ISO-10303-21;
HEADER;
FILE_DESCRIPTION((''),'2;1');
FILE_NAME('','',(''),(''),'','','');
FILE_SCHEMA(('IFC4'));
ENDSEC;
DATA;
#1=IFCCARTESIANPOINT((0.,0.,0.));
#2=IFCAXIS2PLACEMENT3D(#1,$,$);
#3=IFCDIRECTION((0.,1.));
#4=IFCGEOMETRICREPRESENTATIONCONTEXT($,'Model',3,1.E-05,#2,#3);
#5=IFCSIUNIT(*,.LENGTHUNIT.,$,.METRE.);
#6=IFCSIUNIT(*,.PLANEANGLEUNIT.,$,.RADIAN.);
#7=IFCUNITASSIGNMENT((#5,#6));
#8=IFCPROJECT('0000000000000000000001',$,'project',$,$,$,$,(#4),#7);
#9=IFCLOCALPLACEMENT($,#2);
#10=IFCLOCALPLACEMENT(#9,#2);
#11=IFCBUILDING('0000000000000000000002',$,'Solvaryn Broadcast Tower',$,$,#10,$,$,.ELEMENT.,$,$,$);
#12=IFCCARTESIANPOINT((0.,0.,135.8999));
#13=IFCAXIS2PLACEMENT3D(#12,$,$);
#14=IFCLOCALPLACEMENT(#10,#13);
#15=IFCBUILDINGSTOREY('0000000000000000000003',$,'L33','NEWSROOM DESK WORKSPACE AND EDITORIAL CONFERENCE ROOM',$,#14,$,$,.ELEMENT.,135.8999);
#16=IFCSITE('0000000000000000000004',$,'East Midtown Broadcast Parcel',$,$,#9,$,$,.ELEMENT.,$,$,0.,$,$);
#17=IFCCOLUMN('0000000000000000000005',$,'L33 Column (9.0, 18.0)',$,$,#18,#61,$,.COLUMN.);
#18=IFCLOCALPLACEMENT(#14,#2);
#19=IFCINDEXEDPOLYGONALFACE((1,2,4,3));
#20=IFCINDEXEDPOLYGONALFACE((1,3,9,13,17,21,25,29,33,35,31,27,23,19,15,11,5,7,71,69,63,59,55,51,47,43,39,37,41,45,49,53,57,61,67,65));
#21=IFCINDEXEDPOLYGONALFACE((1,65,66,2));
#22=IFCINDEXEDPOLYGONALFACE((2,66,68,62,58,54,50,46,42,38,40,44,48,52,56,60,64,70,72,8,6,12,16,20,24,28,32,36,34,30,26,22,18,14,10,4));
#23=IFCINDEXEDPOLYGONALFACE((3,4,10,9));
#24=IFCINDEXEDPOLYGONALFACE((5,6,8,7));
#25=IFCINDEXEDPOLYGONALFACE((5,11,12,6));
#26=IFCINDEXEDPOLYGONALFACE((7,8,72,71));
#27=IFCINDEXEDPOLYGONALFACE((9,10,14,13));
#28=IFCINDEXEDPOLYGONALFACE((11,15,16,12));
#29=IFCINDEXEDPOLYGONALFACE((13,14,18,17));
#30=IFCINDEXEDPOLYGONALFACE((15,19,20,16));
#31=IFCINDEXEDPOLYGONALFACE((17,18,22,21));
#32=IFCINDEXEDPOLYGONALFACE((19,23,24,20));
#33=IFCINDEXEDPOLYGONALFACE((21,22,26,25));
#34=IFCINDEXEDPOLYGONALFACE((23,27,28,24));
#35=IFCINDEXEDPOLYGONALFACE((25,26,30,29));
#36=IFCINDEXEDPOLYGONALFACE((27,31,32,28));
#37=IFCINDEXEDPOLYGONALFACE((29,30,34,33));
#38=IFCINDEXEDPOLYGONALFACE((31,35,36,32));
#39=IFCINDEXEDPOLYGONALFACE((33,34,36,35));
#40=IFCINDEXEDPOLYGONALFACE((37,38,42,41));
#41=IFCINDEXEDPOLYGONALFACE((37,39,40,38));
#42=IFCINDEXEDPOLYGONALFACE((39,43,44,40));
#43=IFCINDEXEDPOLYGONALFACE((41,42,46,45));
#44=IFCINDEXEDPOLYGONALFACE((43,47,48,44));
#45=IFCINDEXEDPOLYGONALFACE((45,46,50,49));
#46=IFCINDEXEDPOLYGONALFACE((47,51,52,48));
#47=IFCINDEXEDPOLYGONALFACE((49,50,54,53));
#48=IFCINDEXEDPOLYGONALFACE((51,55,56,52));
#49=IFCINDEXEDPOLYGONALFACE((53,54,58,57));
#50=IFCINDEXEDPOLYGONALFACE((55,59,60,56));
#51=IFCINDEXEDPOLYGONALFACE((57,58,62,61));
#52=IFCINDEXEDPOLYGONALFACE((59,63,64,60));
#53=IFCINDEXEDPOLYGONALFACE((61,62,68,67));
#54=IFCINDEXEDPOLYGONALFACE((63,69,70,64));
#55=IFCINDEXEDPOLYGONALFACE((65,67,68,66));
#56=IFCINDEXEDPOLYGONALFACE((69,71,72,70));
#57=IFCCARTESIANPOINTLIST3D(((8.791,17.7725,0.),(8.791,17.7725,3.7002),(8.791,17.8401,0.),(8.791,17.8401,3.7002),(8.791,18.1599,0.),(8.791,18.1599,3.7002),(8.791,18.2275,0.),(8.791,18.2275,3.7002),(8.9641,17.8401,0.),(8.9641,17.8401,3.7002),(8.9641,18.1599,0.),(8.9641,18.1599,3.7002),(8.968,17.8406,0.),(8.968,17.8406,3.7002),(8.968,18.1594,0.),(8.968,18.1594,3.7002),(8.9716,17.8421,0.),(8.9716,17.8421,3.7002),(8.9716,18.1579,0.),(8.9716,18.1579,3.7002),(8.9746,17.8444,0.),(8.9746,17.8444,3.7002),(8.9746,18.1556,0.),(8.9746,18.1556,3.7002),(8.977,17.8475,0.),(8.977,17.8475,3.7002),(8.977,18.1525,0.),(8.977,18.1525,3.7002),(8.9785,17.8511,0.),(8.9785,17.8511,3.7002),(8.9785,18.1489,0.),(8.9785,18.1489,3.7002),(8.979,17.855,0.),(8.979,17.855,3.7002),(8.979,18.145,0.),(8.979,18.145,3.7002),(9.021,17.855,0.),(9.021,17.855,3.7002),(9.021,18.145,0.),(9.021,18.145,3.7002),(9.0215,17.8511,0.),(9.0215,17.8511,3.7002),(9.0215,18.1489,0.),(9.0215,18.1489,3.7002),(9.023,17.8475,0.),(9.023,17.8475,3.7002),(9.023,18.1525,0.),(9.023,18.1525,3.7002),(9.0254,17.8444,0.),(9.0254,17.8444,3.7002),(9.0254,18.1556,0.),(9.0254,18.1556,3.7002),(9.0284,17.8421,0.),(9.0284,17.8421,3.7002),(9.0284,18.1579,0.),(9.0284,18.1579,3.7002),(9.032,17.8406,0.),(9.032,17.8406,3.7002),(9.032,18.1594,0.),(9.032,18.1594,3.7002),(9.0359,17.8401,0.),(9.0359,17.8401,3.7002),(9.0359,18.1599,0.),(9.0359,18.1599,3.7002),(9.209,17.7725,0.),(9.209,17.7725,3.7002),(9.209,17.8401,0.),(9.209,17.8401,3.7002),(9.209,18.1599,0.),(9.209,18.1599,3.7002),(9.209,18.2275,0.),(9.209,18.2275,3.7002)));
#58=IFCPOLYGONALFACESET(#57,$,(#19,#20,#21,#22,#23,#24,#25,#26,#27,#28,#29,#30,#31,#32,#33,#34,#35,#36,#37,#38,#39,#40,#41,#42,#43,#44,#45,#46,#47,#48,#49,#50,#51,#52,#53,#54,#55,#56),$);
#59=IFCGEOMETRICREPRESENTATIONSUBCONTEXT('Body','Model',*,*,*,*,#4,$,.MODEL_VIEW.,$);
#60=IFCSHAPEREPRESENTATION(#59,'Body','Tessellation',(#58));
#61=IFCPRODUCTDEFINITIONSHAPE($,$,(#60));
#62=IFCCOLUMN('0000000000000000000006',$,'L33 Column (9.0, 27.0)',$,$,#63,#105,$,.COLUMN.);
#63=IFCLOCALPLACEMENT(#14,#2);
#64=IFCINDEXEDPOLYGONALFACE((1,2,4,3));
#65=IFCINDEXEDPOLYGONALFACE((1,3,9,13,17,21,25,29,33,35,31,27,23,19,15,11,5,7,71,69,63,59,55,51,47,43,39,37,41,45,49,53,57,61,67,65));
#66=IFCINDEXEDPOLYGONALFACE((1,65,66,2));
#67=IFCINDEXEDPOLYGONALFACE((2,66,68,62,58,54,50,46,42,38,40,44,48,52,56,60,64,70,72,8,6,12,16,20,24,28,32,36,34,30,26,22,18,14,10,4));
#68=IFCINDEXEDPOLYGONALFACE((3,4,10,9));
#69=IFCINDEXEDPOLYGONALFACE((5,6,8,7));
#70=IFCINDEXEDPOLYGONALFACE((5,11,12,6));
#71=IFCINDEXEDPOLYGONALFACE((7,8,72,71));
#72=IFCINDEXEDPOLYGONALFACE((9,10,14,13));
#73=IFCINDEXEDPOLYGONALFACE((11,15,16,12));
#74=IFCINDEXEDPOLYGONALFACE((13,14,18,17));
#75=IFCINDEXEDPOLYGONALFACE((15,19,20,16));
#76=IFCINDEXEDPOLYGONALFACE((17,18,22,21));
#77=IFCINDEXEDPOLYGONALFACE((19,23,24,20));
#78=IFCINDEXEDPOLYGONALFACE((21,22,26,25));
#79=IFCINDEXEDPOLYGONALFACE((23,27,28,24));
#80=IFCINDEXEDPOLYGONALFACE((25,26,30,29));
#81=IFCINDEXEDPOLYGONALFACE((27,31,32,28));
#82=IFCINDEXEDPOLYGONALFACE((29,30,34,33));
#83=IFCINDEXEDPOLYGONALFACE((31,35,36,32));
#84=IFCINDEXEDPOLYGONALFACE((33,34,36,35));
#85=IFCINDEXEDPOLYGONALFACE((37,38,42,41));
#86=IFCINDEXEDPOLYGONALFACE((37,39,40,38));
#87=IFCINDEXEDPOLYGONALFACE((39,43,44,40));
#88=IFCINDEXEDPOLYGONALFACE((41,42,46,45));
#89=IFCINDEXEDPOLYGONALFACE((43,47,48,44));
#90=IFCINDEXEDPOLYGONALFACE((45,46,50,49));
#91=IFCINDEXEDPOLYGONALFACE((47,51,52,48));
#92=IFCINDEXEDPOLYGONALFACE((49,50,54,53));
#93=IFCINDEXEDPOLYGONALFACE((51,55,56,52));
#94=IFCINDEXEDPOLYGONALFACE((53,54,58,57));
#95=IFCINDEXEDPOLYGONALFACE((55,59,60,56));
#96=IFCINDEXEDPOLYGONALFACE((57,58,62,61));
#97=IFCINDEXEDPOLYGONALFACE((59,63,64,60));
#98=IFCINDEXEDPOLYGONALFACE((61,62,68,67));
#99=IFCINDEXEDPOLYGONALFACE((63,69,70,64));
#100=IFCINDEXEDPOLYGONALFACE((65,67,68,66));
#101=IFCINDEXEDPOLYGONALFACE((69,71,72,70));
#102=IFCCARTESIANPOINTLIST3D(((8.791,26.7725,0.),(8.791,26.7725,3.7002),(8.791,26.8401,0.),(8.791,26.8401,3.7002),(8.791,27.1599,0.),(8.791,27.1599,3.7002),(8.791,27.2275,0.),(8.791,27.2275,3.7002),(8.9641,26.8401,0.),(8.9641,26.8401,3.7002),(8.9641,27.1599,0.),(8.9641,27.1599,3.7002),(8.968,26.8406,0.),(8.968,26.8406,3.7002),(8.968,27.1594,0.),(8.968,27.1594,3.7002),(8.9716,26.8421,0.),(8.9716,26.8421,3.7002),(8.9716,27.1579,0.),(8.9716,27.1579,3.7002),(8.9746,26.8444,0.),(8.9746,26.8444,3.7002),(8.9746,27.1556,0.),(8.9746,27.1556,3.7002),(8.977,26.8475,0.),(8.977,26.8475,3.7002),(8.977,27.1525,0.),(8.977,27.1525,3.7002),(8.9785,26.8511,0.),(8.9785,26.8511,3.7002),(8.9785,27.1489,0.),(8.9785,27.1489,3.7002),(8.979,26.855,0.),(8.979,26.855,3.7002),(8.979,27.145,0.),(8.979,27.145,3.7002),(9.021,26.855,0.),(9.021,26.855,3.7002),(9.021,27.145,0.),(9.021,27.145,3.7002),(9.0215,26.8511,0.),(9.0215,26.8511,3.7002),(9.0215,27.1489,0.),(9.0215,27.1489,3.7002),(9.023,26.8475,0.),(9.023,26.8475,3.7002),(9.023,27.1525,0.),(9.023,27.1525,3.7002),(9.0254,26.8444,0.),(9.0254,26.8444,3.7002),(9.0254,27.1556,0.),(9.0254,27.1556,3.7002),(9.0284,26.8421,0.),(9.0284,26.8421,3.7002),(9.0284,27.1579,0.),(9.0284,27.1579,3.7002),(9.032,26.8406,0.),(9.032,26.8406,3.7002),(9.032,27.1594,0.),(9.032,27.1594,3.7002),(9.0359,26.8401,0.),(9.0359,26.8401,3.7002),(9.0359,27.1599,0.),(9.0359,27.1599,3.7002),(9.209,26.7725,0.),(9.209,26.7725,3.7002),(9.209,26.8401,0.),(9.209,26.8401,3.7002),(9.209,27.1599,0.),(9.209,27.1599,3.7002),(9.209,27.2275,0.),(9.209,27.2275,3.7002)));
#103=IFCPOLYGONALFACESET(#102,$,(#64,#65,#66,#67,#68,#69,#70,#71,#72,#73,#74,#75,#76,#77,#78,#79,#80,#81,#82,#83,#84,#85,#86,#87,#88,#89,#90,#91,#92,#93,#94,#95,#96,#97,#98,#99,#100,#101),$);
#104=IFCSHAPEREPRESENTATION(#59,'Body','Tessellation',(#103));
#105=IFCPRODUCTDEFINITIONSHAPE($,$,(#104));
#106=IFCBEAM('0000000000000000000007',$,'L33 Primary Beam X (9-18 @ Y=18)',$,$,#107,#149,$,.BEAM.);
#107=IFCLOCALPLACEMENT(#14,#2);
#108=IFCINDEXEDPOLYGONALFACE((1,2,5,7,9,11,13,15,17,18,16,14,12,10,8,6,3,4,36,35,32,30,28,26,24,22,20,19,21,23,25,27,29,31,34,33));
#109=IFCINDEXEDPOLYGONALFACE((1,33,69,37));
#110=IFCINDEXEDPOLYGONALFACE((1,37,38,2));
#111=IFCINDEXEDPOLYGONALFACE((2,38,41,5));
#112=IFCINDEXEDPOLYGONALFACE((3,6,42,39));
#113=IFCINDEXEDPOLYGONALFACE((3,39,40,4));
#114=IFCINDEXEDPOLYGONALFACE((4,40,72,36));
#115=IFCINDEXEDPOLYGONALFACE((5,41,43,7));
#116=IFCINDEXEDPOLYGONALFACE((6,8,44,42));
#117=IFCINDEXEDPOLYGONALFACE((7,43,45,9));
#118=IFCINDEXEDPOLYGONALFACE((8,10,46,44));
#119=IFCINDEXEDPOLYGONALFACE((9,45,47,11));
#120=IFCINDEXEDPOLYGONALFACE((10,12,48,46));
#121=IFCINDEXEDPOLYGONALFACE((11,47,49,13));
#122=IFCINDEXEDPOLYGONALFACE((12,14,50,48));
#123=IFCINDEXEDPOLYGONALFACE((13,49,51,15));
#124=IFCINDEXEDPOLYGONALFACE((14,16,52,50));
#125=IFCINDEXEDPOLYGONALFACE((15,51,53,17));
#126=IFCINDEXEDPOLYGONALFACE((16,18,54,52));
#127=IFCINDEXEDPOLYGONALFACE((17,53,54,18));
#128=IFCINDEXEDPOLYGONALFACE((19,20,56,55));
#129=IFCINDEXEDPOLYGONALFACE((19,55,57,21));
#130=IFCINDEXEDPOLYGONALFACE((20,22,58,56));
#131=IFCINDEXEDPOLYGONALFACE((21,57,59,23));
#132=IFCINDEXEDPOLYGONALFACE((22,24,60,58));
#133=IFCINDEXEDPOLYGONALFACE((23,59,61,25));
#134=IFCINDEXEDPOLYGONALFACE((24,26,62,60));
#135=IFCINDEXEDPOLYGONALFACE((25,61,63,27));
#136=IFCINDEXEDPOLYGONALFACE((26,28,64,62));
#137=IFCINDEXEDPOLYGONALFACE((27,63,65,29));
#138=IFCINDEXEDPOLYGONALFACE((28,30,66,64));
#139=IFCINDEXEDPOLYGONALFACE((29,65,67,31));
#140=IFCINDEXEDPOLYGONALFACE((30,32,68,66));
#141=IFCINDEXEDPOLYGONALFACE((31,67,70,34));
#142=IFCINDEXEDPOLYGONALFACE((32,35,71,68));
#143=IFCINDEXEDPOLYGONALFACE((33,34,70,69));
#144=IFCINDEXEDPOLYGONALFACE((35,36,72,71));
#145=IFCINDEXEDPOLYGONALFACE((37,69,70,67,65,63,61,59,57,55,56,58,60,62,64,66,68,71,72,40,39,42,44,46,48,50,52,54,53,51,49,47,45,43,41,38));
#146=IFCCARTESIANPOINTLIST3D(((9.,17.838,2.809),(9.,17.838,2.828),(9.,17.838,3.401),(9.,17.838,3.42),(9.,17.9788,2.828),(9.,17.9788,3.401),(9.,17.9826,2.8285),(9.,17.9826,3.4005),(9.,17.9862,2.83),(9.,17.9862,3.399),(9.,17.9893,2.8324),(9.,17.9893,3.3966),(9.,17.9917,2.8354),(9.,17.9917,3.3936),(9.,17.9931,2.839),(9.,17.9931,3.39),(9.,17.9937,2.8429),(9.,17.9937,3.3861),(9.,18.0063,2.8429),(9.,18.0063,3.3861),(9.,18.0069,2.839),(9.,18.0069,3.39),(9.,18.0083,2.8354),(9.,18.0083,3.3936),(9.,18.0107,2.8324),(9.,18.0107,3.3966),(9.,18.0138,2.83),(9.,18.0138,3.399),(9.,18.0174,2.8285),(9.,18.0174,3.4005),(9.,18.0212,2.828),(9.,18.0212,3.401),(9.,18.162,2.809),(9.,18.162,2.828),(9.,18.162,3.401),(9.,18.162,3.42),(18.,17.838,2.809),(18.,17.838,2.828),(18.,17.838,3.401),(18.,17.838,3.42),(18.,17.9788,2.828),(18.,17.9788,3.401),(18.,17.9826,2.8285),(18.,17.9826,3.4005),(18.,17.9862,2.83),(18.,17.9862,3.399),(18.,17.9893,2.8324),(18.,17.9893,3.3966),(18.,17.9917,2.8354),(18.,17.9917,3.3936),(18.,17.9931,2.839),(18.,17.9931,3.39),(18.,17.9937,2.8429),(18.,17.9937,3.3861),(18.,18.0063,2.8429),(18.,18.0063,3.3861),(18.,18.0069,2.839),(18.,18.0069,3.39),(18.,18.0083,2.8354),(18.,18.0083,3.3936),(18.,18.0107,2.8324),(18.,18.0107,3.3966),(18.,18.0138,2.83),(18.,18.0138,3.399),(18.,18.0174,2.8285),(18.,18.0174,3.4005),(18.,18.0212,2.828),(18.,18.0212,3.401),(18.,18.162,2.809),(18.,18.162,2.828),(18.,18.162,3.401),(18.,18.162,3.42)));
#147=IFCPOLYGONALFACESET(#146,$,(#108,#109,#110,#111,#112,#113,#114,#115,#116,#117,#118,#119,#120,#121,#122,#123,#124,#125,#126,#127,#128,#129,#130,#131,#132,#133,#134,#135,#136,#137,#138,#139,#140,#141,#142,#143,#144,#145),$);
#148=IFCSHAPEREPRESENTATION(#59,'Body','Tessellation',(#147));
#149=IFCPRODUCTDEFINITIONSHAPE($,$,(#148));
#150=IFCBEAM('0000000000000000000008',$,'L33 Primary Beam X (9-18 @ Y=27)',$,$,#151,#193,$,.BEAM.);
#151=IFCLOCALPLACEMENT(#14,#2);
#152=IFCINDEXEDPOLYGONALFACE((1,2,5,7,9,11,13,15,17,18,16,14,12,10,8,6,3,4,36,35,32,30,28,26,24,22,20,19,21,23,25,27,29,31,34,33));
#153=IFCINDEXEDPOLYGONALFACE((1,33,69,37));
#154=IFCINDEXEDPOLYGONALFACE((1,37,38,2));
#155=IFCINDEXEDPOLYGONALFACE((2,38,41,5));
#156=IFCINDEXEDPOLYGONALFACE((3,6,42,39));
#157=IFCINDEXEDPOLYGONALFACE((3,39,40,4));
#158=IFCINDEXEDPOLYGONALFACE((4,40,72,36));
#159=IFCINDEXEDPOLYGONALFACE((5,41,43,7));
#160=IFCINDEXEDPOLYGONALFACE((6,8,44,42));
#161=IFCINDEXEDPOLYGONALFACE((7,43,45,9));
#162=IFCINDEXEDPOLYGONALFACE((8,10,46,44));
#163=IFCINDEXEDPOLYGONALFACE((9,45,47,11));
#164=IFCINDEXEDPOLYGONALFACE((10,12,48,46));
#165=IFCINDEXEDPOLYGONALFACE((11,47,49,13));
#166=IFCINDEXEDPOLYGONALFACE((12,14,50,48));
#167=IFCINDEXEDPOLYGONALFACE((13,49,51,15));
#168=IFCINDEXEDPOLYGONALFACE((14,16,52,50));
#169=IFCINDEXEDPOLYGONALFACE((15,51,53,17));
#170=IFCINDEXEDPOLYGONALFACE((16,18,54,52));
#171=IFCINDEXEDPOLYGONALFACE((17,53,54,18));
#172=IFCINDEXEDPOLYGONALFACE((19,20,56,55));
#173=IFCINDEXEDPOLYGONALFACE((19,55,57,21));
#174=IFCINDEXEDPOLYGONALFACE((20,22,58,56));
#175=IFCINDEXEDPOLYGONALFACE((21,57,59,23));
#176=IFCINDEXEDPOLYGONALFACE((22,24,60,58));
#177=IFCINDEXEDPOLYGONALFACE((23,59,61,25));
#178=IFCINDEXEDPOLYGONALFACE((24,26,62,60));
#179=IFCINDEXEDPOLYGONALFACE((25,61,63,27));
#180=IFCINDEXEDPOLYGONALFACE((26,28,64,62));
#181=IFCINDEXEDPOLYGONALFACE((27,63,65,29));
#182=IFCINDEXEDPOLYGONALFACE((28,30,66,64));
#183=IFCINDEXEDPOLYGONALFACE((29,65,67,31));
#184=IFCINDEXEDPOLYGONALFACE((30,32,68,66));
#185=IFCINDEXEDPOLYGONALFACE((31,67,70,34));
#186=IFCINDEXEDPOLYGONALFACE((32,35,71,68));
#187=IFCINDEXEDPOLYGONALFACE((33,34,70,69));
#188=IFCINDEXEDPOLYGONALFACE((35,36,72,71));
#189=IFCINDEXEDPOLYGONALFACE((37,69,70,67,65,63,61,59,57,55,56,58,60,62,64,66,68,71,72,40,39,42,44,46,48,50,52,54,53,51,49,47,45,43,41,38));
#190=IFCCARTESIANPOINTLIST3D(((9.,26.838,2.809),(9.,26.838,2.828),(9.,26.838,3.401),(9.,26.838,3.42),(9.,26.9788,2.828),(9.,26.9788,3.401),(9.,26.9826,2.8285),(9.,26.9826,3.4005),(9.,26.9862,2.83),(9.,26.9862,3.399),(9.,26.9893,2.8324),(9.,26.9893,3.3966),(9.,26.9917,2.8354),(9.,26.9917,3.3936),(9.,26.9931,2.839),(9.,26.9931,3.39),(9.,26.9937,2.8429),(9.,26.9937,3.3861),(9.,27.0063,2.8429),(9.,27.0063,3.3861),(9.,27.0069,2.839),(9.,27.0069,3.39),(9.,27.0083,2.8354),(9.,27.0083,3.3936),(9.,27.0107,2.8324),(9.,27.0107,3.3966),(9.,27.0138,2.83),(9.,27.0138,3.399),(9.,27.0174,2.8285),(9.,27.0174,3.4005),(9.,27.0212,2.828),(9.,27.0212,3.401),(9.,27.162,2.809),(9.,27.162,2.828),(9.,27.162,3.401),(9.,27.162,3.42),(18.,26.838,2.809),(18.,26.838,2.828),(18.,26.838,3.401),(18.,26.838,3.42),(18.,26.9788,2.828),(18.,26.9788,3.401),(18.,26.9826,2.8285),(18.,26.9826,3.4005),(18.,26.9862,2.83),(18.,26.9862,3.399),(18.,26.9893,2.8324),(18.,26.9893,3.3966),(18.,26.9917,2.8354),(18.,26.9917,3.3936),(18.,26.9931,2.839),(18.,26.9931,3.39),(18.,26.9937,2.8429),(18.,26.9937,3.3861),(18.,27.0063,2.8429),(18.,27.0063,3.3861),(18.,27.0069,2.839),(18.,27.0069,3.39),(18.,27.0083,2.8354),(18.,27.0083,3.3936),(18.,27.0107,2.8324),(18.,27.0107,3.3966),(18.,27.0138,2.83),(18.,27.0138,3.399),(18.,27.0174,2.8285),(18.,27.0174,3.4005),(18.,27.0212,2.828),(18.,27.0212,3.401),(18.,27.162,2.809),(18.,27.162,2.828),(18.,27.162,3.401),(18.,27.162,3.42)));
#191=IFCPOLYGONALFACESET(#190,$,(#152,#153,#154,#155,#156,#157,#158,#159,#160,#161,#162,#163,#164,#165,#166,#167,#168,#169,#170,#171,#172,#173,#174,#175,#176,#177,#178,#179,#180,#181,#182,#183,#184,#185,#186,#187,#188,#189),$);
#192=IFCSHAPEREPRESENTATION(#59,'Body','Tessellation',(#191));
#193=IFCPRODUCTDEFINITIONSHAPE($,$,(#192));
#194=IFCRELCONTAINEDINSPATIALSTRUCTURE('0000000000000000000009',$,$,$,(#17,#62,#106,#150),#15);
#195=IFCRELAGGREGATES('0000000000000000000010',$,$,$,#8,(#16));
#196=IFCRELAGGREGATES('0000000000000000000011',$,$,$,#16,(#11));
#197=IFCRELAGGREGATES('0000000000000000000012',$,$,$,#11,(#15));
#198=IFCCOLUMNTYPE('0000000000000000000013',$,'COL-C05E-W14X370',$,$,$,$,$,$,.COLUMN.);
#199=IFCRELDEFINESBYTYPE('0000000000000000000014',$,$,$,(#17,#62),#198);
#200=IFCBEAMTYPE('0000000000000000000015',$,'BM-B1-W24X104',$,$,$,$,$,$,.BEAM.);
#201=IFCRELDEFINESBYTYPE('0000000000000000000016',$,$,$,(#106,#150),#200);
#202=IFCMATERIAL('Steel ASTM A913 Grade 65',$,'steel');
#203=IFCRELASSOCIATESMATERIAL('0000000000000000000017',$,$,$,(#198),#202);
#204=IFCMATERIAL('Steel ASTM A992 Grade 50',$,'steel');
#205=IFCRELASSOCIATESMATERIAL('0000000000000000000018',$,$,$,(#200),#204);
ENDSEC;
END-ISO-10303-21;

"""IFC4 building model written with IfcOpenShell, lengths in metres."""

from ifc_helpers import new_model, si_unit, direction, frame, origin, origin_2d, place, context, subcontext, project, spatial, i_section, extrude, material, material_profile, profile_set, type_object, element, save


model = new_model("IFC4")

# Units and contexts
model_context = context("Model", 3, precision=1e-05, world=origin(), true_north=direction((0.0, 1.0)))
body_context = subcontext(model_context, "Body", "Model", "MODEL_VIEW")
ifc_project = project(units=[si_unit("LENGTHUNIT", "METRE"), si_unit("PLANEANGLEUNIT", "RADIAN")], contexts=[model_context])

# Site, building, storey
site_placement = place(None, origin())
site = spatial("IfcSite", under=ifc_project, at=site_placement, Name="East Midtown Broadcast Parcel", CompositionType="ELEMENT", RefElevation=0.0)
building_placement = place(site_placement, origin())
building = spatial("IfcBuilding", under=site, at=building_placement, Name="Solvaryn Broadcast Tower", CompositionType="ELEMENT")
storey_placement = place(building_placement, frame((0.0, 0.0, 135.8999)))
storey = spatial("IfcBuildingStorey", under=building, at=storey_placement, Name="L33", Description="NEWSROOM DESK WORKSPACE AND EDITORIAL CONFERENCE ROOM", CompositionType="ELEMENT", Elevation=135.8999)

# Columns
ifc_material_1 = material(Name="Steel ASTM A913 Grade 65", Category="steel")
ifc_material_profile_1 = material_profile(ifc_material_1, i_section(OverallWidth=0.418, OverallDepth=0.4551, WebThickness=0.042, FlangeThickness=0.0676, FilletRadius=0.0149, at=origin_2d()))
ifc_profile_set_1 = profile_set([ifc_material_profile_1], Name="Steel ASTM A913 Grade 65")
column_type = type_object("IfcColumnType", Name="COL-C05E-W14X370", PredefinedType="COLUMN", material=ifc_profile_set_1)
for number, where, z_axis, x_axis, name in (
    (1, (9.0, 18.0, 0.0), (0.0, 0.0, 1.0), (1.0, 0.0, 0.0), "L33 Column (9.0, 18.0)"),
    (2, (9.0, 27.0, 0.0), (0.0, 0.0, 1.0), (1.0, 0.0, 0.0), "L33 Column (9.0, 27.0)"),
):
    element("IfcColumn", number, at=place(storey_placement, frame(where, z_axis=z_axis, x_axis=x_axis)), inside=storey, type_object=column_type, Name=name, PredefinedType="COLUMN", context=body_context, shape_type="SweptSolid", body=[
        extrude(i_section(OverallWidth=0.418, OverallDepth=0.4551, WebThickness=0.042, FlangeThickness=0.0676, FilletRadius=0.0149, at=origin_2d()), origin(), (0.0, 0.0, 1.0), 3.7002),
    ])

# Beams
ifc_material_2 = material(Name="Steel ASTM A992 Grade 50", Category="steel")
ifc_material_profile_2 = material_profile(ifc_material_2, i_section(OverallWidth=0.324, OverallDepth=0.6111, WebThickness=0.0127, FlangeThickness=0.019, FilletRadius=0.0149, at=origin_2d()))
ifc_profile_set_2 = profile_set([ifc_material_profile_2], Name="Steel ASTM A992 Grade 50")
beam_type_1 = type_object("IfcBeamType", Name="BM-B1-W24X104", PredefinedType="BEAM", material=ifc_profile_set_2)
for number, where, z_axis, x_axis, name in (
    (3, (9.0, 18.0, 3.1145), (1.0, 0.0, 0.0), (0.0, 1.0, 0.0), "L33 Primary Beam X (9-18 @ Y=18)"),
    (4, (9.0, 27.0, 3.1145), (1.0, 0.0, 0.0), (0.0, 1.0, 0.0), "L33 Primary Beam X (9-18 @ Y=27)"),
):
    element("IfcBeam", number, at=place(storey_placement, frame(where, z_axis=z_axis, x_axis=x_axis)), inside=storey, type_object=beam_type_1, Name=name, PredefinedType="BEAM", context=body_context, shape_type="SweptSolid", body=[
        extrude(i_section(OverallWidth=0.324, OverallDepth=0.6111, WebThickness=0.0127, FlangeThickness=0.019, FilletRadius=0.0149, at=origin_2d()), origin(), (0.0, 0.0, 1.0), 9.0),
    ])

save(model, "model.ifc")
